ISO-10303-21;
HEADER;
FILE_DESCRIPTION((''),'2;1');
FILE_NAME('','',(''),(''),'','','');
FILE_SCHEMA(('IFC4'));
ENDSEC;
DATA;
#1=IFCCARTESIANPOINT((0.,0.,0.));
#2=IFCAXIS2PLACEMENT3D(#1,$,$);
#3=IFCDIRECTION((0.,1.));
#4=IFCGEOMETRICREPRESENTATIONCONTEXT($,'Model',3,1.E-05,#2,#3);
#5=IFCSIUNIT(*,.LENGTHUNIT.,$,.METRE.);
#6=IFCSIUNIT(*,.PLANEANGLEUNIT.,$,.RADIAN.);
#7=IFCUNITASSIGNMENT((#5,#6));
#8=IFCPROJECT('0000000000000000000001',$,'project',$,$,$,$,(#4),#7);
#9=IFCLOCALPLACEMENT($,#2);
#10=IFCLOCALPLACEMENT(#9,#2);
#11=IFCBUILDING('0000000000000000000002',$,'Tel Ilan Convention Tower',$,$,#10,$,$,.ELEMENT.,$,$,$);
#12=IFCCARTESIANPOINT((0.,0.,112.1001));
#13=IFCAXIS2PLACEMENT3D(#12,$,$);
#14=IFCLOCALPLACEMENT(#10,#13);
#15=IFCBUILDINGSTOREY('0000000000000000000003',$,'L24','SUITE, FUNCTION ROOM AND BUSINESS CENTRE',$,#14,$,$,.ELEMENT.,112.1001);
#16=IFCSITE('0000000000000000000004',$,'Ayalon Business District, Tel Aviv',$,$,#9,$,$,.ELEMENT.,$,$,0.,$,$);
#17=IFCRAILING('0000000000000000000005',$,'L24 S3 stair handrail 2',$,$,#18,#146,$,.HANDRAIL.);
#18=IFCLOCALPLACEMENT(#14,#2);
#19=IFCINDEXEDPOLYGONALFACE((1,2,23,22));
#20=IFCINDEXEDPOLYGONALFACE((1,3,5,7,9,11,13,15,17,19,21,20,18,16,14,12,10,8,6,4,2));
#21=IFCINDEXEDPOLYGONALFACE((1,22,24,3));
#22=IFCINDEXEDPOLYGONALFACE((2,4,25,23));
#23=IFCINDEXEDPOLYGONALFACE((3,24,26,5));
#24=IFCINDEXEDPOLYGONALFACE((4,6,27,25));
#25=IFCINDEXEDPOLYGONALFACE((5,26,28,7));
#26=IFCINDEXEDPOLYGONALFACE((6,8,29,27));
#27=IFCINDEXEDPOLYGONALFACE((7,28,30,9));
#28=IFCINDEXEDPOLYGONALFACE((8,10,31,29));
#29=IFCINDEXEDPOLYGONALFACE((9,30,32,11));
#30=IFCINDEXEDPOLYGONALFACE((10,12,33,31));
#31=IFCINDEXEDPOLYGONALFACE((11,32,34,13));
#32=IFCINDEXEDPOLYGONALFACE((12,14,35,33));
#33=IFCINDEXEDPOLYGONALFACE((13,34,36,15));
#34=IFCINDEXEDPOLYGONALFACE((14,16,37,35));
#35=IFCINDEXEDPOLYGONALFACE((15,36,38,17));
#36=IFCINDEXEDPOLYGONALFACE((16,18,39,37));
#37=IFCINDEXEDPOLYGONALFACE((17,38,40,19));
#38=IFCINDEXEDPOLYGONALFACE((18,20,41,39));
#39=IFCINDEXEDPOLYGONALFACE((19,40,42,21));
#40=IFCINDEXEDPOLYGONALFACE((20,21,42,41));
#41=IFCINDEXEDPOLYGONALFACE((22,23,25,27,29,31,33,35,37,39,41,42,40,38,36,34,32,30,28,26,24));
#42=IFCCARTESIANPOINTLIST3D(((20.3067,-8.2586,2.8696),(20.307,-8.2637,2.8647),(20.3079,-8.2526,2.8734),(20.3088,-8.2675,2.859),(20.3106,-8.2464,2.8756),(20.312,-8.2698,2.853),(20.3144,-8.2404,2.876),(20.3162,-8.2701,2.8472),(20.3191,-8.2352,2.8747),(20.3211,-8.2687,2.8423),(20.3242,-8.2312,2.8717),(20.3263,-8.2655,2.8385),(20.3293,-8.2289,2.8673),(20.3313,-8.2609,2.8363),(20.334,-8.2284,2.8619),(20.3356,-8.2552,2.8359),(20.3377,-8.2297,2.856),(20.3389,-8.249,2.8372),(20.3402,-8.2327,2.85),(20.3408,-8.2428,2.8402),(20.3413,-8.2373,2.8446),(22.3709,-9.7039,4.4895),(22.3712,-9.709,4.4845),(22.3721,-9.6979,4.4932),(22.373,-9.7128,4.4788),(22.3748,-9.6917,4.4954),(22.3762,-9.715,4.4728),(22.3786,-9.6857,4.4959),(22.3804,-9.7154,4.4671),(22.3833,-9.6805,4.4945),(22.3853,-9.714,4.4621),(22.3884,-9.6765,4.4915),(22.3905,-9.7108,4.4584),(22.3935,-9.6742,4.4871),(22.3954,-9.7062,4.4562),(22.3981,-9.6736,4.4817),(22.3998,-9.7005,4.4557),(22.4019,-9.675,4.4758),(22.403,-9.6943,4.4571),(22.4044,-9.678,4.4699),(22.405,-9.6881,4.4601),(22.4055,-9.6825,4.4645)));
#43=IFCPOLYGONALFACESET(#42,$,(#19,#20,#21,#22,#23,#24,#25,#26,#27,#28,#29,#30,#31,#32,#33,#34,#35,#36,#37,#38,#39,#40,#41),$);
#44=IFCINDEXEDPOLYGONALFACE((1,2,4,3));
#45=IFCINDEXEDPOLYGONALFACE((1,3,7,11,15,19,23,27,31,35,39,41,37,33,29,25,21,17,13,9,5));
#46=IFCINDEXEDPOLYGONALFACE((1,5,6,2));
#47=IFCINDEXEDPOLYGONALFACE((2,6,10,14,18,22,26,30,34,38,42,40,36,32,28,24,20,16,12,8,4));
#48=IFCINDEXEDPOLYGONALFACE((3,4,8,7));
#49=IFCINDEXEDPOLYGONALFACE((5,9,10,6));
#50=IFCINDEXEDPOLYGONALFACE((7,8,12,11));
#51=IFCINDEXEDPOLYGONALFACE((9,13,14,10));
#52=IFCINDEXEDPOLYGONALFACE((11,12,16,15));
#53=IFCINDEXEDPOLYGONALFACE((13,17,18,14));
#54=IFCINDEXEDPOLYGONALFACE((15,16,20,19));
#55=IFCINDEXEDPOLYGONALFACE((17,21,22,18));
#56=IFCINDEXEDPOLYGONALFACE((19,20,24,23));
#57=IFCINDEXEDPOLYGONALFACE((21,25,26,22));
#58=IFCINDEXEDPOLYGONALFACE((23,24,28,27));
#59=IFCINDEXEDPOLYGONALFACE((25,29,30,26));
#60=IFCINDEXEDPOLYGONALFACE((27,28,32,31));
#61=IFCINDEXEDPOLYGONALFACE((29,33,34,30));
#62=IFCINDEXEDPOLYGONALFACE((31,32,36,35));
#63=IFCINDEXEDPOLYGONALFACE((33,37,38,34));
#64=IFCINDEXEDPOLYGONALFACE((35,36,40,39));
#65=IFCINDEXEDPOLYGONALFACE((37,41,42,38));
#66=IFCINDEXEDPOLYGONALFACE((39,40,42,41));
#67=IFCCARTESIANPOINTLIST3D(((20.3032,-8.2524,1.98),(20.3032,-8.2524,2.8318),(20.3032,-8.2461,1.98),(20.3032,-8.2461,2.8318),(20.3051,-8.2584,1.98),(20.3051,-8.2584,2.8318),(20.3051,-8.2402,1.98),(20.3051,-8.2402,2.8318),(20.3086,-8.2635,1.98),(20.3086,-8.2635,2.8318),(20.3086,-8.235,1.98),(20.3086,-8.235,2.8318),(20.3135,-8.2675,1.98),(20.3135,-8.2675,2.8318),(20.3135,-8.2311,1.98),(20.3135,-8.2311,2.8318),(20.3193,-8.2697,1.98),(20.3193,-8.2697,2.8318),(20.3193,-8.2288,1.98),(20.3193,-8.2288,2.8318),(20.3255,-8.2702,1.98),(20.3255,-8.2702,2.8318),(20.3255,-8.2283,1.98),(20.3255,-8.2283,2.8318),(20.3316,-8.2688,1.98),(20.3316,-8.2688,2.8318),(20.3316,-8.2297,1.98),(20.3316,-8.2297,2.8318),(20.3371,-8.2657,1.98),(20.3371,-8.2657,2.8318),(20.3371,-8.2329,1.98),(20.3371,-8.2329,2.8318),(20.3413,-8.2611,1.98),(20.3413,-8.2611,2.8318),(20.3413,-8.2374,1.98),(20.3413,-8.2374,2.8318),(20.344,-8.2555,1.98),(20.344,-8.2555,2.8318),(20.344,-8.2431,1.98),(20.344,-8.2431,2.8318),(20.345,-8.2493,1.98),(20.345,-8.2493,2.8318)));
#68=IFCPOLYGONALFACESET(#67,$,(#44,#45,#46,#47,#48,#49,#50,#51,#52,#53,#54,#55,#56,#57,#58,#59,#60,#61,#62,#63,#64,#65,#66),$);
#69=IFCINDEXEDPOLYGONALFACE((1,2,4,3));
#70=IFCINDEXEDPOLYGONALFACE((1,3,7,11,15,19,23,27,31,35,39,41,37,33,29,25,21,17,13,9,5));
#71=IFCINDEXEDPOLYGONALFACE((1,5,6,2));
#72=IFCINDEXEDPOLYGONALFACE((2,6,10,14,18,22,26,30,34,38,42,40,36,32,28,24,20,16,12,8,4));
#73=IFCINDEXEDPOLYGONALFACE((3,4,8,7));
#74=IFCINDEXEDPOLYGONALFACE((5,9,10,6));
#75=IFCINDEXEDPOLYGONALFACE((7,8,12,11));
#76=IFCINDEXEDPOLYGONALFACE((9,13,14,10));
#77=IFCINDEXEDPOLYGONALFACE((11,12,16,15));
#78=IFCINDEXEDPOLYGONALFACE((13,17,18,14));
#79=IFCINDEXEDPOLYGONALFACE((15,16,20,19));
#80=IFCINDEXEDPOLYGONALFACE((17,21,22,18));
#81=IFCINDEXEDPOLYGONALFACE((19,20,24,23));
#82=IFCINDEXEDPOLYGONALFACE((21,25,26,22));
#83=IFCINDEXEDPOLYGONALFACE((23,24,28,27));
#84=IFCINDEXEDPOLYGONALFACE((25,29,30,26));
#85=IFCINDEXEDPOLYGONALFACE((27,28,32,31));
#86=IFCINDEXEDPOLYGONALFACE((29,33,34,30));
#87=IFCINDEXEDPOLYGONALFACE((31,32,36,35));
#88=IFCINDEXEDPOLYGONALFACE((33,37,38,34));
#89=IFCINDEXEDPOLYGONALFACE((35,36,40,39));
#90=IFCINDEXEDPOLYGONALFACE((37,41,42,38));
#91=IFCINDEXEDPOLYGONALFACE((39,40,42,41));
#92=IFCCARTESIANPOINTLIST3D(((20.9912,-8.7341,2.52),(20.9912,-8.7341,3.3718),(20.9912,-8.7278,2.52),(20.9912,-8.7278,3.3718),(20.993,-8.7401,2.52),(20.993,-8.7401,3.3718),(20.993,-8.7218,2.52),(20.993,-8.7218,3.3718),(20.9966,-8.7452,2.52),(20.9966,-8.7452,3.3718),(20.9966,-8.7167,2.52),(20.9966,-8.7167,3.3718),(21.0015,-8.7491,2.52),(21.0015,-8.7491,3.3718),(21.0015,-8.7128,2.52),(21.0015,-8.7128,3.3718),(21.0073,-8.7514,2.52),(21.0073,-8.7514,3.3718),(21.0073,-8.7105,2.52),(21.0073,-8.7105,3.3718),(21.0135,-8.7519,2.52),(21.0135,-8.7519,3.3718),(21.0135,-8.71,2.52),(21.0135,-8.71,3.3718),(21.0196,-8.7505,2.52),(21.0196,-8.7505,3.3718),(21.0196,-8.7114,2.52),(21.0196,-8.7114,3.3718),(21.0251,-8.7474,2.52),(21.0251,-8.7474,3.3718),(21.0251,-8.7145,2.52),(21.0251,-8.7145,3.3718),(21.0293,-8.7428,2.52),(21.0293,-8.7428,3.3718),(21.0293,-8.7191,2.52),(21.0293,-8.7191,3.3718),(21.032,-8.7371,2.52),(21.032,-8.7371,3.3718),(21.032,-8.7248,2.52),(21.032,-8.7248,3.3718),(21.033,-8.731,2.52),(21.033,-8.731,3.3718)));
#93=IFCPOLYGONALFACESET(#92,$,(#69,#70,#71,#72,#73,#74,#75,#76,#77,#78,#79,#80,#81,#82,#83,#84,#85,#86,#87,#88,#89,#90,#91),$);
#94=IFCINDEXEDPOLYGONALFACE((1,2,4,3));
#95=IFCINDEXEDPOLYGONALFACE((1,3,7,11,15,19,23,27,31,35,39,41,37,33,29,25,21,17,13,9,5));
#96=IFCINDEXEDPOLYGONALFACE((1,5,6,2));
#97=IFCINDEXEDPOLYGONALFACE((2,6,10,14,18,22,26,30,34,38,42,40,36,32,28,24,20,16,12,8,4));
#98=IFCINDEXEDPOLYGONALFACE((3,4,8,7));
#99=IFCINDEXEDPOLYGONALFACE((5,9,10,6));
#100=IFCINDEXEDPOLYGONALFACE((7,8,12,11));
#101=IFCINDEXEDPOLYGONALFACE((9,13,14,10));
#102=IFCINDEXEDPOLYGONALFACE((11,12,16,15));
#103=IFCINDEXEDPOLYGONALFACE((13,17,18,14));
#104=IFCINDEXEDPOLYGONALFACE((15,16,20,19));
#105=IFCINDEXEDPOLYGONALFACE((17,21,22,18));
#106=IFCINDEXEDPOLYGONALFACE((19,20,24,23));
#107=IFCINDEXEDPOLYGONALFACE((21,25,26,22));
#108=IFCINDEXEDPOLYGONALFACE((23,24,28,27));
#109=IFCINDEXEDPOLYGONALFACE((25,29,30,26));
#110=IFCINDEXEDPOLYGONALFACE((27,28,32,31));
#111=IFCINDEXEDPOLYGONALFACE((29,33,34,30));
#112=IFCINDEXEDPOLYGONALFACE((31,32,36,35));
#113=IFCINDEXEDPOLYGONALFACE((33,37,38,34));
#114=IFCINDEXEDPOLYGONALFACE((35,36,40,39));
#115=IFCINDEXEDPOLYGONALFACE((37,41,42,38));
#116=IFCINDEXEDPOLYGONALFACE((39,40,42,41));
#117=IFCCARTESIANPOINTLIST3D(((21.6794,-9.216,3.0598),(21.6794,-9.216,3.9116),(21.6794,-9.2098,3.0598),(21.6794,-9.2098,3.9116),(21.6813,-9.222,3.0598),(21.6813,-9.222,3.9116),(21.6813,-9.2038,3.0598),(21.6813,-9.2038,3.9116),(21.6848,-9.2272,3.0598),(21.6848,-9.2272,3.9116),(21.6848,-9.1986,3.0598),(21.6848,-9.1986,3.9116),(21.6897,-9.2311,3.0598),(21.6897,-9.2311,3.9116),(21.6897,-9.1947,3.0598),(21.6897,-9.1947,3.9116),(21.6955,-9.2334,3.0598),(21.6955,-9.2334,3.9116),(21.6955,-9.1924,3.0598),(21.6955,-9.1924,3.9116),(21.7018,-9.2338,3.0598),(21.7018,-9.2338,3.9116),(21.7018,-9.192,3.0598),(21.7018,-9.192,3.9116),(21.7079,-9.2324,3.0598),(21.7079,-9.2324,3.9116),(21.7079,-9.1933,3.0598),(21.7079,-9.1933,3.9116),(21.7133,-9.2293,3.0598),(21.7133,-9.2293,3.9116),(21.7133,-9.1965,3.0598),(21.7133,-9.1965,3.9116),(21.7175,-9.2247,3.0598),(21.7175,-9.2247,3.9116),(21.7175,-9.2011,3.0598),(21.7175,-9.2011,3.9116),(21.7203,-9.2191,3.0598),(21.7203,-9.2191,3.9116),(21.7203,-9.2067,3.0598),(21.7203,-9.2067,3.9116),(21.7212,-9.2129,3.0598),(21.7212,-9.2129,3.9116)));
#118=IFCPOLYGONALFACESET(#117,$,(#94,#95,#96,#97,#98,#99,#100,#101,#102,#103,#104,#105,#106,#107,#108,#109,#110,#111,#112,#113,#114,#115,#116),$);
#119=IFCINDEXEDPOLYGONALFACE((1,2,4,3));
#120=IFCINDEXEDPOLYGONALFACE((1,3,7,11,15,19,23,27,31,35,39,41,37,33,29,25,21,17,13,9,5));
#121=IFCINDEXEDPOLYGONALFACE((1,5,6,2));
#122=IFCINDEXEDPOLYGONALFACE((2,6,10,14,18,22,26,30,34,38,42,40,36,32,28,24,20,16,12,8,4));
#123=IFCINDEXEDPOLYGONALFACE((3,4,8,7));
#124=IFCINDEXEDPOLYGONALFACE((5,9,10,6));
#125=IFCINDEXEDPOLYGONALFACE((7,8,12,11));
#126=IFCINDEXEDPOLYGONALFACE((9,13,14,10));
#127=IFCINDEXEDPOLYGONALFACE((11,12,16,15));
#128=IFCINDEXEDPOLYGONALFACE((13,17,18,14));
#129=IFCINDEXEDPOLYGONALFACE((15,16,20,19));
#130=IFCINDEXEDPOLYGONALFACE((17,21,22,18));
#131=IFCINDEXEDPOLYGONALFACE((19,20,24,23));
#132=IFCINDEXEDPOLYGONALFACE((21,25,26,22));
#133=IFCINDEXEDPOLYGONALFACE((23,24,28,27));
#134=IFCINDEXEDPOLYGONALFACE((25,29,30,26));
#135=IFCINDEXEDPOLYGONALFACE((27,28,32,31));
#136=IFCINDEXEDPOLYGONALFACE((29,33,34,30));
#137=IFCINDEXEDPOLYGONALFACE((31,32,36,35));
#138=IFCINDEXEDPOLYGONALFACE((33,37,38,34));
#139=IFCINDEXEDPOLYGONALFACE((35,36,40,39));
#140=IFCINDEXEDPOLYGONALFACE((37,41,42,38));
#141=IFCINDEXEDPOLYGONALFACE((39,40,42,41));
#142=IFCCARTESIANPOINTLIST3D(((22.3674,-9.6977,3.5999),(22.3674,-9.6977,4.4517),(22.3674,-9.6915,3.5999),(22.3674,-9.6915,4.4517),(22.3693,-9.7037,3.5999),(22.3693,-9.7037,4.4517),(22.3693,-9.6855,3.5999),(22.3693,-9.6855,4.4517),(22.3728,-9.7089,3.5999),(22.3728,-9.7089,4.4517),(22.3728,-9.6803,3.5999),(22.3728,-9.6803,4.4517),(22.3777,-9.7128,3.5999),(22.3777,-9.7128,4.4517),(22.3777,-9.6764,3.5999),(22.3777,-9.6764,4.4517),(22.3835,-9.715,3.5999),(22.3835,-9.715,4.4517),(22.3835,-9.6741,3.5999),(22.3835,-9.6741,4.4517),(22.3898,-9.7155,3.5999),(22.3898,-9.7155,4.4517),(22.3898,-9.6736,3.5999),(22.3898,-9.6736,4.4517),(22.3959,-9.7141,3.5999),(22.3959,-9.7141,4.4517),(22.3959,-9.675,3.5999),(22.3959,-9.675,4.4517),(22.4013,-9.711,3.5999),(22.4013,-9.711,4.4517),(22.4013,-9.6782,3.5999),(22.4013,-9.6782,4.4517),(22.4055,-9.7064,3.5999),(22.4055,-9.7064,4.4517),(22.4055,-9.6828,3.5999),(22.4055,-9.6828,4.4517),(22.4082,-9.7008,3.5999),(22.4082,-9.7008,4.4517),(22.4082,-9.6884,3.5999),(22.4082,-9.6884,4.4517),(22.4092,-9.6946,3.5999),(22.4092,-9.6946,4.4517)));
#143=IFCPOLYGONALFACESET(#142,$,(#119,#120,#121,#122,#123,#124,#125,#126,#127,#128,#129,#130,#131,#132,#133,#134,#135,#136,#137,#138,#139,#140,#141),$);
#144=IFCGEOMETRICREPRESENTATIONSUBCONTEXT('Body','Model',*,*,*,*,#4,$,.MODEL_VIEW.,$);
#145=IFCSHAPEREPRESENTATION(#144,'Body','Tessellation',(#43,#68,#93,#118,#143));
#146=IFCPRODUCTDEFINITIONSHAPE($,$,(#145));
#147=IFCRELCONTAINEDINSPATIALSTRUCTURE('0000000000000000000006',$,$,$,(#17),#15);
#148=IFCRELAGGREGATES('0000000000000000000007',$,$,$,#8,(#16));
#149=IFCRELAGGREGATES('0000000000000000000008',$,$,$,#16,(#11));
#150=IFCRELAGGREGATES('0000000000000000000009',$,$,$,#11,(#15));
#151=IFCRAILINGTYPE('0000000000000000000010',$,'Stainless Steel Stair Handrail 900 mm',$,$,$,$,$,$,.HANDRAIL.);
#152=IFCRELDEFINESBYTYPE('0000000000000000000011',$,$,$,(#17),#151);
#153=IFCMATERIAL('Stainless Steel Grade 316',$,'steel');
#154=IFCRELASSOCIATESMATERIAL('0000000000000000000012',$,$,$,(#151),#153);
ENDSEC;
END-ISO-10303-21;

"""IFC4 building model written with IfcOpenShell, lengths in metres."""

from ifc_helpers import new_model, si_unit, direction, frame, origin, origin_2d, place, context, subcontext, project, spatial, circle, extrude, material, type_object, element, save


model = new_model("IFC4")

# Units and contexts
model_context = context("Model", 3, precision=1e-05, world=origin(), true_north=direction((0.0, 1.0)))
body_context = subcontext(model_context, "Body", "Model", "MODEL_VIEW")
ifc_project = project(units=[si_unit("LENGTHUNIT", "METRE"), si_unit("PLANEANGLEUNIT", "RADIAN")], contexts=[model_context])

# Site, building, storey
site_placement = place(None, origin())
site = spatial("IfcSite", under=ifc_project, at=site_placement, Name="Ayalon Business District, Tel Aviv", CompositionType="ELEMENT", RefElevation=0.0)
building_placement = place(site_placement, origin())
building = spatial("IfcBuilding", under=site, at=building_placement, Name="Tel Ilan Convention Tower", CompositionType="ELEMENT")
storey_placement = place(building_placement, frame((0.0, 0.0, 112.1001)))
storey = spatial("IfcBuildingStorey", under=building, at=storey_placement, Name="L24", Description="SUITE, FUNCTION ROOM AND BUSINESS CENTRE", CompositionType="ELEMENT", Elevation=112.1001)

# Railing
ifc_material_1 = material(Name="Stainless Steel Grade 316", Category="steel")
railing_type_1 = type_object("IfcRailingType", Name="Stainless Steel Stair Handrail 900 mm", PredefinedType="HANDRAIL", material=ifc_material_1)
railing_1_placement = place(storey_placement, frame((20.324, -8.2493, 1.98)))
element("IfcRailing", 1, at=railing_1_placement, inside=storey, type_object=railing_type_1, Name="L24 S3 stair handrail 2", PredefinedType="HANDRAIL", context=body_context, shape_type="SweptSolid", body=[
    extrude(circle(Radius=0.0239, at=origin_2d()), frame((0.0, 0.0, 0.876), z_axis=(0.68907, -0.482472, 0.540743), x_axis=(0.57356, 0.819164, 0.0)), (0.0, 0.0, 1.0), 2.9956),
    extrude(circle(Radius=0.021, at=origin_2d()), origin(), (0.0, 0.0, 1.0), 0.8518),
    extrude(circle(Radius=0.021, at=origin_2d()), frame((0.688, -0.4817, 0.54)), (0.0, 0.0, 1.0), 0.8518),
    extrude(circle(Radius=0.021, at=origin_2d()), frame((1.3762, -0.9636, 1.0798)), (0.0, 0.0, 1.0), 0.8518),
    extrude(circle(Radius=0.021, at=origin_2d()), frame((2.0642, -1.4453, 1.6199)), (0.0, 0.0, 1.0), 0.8518),
])

save(model, "model.ifc")
